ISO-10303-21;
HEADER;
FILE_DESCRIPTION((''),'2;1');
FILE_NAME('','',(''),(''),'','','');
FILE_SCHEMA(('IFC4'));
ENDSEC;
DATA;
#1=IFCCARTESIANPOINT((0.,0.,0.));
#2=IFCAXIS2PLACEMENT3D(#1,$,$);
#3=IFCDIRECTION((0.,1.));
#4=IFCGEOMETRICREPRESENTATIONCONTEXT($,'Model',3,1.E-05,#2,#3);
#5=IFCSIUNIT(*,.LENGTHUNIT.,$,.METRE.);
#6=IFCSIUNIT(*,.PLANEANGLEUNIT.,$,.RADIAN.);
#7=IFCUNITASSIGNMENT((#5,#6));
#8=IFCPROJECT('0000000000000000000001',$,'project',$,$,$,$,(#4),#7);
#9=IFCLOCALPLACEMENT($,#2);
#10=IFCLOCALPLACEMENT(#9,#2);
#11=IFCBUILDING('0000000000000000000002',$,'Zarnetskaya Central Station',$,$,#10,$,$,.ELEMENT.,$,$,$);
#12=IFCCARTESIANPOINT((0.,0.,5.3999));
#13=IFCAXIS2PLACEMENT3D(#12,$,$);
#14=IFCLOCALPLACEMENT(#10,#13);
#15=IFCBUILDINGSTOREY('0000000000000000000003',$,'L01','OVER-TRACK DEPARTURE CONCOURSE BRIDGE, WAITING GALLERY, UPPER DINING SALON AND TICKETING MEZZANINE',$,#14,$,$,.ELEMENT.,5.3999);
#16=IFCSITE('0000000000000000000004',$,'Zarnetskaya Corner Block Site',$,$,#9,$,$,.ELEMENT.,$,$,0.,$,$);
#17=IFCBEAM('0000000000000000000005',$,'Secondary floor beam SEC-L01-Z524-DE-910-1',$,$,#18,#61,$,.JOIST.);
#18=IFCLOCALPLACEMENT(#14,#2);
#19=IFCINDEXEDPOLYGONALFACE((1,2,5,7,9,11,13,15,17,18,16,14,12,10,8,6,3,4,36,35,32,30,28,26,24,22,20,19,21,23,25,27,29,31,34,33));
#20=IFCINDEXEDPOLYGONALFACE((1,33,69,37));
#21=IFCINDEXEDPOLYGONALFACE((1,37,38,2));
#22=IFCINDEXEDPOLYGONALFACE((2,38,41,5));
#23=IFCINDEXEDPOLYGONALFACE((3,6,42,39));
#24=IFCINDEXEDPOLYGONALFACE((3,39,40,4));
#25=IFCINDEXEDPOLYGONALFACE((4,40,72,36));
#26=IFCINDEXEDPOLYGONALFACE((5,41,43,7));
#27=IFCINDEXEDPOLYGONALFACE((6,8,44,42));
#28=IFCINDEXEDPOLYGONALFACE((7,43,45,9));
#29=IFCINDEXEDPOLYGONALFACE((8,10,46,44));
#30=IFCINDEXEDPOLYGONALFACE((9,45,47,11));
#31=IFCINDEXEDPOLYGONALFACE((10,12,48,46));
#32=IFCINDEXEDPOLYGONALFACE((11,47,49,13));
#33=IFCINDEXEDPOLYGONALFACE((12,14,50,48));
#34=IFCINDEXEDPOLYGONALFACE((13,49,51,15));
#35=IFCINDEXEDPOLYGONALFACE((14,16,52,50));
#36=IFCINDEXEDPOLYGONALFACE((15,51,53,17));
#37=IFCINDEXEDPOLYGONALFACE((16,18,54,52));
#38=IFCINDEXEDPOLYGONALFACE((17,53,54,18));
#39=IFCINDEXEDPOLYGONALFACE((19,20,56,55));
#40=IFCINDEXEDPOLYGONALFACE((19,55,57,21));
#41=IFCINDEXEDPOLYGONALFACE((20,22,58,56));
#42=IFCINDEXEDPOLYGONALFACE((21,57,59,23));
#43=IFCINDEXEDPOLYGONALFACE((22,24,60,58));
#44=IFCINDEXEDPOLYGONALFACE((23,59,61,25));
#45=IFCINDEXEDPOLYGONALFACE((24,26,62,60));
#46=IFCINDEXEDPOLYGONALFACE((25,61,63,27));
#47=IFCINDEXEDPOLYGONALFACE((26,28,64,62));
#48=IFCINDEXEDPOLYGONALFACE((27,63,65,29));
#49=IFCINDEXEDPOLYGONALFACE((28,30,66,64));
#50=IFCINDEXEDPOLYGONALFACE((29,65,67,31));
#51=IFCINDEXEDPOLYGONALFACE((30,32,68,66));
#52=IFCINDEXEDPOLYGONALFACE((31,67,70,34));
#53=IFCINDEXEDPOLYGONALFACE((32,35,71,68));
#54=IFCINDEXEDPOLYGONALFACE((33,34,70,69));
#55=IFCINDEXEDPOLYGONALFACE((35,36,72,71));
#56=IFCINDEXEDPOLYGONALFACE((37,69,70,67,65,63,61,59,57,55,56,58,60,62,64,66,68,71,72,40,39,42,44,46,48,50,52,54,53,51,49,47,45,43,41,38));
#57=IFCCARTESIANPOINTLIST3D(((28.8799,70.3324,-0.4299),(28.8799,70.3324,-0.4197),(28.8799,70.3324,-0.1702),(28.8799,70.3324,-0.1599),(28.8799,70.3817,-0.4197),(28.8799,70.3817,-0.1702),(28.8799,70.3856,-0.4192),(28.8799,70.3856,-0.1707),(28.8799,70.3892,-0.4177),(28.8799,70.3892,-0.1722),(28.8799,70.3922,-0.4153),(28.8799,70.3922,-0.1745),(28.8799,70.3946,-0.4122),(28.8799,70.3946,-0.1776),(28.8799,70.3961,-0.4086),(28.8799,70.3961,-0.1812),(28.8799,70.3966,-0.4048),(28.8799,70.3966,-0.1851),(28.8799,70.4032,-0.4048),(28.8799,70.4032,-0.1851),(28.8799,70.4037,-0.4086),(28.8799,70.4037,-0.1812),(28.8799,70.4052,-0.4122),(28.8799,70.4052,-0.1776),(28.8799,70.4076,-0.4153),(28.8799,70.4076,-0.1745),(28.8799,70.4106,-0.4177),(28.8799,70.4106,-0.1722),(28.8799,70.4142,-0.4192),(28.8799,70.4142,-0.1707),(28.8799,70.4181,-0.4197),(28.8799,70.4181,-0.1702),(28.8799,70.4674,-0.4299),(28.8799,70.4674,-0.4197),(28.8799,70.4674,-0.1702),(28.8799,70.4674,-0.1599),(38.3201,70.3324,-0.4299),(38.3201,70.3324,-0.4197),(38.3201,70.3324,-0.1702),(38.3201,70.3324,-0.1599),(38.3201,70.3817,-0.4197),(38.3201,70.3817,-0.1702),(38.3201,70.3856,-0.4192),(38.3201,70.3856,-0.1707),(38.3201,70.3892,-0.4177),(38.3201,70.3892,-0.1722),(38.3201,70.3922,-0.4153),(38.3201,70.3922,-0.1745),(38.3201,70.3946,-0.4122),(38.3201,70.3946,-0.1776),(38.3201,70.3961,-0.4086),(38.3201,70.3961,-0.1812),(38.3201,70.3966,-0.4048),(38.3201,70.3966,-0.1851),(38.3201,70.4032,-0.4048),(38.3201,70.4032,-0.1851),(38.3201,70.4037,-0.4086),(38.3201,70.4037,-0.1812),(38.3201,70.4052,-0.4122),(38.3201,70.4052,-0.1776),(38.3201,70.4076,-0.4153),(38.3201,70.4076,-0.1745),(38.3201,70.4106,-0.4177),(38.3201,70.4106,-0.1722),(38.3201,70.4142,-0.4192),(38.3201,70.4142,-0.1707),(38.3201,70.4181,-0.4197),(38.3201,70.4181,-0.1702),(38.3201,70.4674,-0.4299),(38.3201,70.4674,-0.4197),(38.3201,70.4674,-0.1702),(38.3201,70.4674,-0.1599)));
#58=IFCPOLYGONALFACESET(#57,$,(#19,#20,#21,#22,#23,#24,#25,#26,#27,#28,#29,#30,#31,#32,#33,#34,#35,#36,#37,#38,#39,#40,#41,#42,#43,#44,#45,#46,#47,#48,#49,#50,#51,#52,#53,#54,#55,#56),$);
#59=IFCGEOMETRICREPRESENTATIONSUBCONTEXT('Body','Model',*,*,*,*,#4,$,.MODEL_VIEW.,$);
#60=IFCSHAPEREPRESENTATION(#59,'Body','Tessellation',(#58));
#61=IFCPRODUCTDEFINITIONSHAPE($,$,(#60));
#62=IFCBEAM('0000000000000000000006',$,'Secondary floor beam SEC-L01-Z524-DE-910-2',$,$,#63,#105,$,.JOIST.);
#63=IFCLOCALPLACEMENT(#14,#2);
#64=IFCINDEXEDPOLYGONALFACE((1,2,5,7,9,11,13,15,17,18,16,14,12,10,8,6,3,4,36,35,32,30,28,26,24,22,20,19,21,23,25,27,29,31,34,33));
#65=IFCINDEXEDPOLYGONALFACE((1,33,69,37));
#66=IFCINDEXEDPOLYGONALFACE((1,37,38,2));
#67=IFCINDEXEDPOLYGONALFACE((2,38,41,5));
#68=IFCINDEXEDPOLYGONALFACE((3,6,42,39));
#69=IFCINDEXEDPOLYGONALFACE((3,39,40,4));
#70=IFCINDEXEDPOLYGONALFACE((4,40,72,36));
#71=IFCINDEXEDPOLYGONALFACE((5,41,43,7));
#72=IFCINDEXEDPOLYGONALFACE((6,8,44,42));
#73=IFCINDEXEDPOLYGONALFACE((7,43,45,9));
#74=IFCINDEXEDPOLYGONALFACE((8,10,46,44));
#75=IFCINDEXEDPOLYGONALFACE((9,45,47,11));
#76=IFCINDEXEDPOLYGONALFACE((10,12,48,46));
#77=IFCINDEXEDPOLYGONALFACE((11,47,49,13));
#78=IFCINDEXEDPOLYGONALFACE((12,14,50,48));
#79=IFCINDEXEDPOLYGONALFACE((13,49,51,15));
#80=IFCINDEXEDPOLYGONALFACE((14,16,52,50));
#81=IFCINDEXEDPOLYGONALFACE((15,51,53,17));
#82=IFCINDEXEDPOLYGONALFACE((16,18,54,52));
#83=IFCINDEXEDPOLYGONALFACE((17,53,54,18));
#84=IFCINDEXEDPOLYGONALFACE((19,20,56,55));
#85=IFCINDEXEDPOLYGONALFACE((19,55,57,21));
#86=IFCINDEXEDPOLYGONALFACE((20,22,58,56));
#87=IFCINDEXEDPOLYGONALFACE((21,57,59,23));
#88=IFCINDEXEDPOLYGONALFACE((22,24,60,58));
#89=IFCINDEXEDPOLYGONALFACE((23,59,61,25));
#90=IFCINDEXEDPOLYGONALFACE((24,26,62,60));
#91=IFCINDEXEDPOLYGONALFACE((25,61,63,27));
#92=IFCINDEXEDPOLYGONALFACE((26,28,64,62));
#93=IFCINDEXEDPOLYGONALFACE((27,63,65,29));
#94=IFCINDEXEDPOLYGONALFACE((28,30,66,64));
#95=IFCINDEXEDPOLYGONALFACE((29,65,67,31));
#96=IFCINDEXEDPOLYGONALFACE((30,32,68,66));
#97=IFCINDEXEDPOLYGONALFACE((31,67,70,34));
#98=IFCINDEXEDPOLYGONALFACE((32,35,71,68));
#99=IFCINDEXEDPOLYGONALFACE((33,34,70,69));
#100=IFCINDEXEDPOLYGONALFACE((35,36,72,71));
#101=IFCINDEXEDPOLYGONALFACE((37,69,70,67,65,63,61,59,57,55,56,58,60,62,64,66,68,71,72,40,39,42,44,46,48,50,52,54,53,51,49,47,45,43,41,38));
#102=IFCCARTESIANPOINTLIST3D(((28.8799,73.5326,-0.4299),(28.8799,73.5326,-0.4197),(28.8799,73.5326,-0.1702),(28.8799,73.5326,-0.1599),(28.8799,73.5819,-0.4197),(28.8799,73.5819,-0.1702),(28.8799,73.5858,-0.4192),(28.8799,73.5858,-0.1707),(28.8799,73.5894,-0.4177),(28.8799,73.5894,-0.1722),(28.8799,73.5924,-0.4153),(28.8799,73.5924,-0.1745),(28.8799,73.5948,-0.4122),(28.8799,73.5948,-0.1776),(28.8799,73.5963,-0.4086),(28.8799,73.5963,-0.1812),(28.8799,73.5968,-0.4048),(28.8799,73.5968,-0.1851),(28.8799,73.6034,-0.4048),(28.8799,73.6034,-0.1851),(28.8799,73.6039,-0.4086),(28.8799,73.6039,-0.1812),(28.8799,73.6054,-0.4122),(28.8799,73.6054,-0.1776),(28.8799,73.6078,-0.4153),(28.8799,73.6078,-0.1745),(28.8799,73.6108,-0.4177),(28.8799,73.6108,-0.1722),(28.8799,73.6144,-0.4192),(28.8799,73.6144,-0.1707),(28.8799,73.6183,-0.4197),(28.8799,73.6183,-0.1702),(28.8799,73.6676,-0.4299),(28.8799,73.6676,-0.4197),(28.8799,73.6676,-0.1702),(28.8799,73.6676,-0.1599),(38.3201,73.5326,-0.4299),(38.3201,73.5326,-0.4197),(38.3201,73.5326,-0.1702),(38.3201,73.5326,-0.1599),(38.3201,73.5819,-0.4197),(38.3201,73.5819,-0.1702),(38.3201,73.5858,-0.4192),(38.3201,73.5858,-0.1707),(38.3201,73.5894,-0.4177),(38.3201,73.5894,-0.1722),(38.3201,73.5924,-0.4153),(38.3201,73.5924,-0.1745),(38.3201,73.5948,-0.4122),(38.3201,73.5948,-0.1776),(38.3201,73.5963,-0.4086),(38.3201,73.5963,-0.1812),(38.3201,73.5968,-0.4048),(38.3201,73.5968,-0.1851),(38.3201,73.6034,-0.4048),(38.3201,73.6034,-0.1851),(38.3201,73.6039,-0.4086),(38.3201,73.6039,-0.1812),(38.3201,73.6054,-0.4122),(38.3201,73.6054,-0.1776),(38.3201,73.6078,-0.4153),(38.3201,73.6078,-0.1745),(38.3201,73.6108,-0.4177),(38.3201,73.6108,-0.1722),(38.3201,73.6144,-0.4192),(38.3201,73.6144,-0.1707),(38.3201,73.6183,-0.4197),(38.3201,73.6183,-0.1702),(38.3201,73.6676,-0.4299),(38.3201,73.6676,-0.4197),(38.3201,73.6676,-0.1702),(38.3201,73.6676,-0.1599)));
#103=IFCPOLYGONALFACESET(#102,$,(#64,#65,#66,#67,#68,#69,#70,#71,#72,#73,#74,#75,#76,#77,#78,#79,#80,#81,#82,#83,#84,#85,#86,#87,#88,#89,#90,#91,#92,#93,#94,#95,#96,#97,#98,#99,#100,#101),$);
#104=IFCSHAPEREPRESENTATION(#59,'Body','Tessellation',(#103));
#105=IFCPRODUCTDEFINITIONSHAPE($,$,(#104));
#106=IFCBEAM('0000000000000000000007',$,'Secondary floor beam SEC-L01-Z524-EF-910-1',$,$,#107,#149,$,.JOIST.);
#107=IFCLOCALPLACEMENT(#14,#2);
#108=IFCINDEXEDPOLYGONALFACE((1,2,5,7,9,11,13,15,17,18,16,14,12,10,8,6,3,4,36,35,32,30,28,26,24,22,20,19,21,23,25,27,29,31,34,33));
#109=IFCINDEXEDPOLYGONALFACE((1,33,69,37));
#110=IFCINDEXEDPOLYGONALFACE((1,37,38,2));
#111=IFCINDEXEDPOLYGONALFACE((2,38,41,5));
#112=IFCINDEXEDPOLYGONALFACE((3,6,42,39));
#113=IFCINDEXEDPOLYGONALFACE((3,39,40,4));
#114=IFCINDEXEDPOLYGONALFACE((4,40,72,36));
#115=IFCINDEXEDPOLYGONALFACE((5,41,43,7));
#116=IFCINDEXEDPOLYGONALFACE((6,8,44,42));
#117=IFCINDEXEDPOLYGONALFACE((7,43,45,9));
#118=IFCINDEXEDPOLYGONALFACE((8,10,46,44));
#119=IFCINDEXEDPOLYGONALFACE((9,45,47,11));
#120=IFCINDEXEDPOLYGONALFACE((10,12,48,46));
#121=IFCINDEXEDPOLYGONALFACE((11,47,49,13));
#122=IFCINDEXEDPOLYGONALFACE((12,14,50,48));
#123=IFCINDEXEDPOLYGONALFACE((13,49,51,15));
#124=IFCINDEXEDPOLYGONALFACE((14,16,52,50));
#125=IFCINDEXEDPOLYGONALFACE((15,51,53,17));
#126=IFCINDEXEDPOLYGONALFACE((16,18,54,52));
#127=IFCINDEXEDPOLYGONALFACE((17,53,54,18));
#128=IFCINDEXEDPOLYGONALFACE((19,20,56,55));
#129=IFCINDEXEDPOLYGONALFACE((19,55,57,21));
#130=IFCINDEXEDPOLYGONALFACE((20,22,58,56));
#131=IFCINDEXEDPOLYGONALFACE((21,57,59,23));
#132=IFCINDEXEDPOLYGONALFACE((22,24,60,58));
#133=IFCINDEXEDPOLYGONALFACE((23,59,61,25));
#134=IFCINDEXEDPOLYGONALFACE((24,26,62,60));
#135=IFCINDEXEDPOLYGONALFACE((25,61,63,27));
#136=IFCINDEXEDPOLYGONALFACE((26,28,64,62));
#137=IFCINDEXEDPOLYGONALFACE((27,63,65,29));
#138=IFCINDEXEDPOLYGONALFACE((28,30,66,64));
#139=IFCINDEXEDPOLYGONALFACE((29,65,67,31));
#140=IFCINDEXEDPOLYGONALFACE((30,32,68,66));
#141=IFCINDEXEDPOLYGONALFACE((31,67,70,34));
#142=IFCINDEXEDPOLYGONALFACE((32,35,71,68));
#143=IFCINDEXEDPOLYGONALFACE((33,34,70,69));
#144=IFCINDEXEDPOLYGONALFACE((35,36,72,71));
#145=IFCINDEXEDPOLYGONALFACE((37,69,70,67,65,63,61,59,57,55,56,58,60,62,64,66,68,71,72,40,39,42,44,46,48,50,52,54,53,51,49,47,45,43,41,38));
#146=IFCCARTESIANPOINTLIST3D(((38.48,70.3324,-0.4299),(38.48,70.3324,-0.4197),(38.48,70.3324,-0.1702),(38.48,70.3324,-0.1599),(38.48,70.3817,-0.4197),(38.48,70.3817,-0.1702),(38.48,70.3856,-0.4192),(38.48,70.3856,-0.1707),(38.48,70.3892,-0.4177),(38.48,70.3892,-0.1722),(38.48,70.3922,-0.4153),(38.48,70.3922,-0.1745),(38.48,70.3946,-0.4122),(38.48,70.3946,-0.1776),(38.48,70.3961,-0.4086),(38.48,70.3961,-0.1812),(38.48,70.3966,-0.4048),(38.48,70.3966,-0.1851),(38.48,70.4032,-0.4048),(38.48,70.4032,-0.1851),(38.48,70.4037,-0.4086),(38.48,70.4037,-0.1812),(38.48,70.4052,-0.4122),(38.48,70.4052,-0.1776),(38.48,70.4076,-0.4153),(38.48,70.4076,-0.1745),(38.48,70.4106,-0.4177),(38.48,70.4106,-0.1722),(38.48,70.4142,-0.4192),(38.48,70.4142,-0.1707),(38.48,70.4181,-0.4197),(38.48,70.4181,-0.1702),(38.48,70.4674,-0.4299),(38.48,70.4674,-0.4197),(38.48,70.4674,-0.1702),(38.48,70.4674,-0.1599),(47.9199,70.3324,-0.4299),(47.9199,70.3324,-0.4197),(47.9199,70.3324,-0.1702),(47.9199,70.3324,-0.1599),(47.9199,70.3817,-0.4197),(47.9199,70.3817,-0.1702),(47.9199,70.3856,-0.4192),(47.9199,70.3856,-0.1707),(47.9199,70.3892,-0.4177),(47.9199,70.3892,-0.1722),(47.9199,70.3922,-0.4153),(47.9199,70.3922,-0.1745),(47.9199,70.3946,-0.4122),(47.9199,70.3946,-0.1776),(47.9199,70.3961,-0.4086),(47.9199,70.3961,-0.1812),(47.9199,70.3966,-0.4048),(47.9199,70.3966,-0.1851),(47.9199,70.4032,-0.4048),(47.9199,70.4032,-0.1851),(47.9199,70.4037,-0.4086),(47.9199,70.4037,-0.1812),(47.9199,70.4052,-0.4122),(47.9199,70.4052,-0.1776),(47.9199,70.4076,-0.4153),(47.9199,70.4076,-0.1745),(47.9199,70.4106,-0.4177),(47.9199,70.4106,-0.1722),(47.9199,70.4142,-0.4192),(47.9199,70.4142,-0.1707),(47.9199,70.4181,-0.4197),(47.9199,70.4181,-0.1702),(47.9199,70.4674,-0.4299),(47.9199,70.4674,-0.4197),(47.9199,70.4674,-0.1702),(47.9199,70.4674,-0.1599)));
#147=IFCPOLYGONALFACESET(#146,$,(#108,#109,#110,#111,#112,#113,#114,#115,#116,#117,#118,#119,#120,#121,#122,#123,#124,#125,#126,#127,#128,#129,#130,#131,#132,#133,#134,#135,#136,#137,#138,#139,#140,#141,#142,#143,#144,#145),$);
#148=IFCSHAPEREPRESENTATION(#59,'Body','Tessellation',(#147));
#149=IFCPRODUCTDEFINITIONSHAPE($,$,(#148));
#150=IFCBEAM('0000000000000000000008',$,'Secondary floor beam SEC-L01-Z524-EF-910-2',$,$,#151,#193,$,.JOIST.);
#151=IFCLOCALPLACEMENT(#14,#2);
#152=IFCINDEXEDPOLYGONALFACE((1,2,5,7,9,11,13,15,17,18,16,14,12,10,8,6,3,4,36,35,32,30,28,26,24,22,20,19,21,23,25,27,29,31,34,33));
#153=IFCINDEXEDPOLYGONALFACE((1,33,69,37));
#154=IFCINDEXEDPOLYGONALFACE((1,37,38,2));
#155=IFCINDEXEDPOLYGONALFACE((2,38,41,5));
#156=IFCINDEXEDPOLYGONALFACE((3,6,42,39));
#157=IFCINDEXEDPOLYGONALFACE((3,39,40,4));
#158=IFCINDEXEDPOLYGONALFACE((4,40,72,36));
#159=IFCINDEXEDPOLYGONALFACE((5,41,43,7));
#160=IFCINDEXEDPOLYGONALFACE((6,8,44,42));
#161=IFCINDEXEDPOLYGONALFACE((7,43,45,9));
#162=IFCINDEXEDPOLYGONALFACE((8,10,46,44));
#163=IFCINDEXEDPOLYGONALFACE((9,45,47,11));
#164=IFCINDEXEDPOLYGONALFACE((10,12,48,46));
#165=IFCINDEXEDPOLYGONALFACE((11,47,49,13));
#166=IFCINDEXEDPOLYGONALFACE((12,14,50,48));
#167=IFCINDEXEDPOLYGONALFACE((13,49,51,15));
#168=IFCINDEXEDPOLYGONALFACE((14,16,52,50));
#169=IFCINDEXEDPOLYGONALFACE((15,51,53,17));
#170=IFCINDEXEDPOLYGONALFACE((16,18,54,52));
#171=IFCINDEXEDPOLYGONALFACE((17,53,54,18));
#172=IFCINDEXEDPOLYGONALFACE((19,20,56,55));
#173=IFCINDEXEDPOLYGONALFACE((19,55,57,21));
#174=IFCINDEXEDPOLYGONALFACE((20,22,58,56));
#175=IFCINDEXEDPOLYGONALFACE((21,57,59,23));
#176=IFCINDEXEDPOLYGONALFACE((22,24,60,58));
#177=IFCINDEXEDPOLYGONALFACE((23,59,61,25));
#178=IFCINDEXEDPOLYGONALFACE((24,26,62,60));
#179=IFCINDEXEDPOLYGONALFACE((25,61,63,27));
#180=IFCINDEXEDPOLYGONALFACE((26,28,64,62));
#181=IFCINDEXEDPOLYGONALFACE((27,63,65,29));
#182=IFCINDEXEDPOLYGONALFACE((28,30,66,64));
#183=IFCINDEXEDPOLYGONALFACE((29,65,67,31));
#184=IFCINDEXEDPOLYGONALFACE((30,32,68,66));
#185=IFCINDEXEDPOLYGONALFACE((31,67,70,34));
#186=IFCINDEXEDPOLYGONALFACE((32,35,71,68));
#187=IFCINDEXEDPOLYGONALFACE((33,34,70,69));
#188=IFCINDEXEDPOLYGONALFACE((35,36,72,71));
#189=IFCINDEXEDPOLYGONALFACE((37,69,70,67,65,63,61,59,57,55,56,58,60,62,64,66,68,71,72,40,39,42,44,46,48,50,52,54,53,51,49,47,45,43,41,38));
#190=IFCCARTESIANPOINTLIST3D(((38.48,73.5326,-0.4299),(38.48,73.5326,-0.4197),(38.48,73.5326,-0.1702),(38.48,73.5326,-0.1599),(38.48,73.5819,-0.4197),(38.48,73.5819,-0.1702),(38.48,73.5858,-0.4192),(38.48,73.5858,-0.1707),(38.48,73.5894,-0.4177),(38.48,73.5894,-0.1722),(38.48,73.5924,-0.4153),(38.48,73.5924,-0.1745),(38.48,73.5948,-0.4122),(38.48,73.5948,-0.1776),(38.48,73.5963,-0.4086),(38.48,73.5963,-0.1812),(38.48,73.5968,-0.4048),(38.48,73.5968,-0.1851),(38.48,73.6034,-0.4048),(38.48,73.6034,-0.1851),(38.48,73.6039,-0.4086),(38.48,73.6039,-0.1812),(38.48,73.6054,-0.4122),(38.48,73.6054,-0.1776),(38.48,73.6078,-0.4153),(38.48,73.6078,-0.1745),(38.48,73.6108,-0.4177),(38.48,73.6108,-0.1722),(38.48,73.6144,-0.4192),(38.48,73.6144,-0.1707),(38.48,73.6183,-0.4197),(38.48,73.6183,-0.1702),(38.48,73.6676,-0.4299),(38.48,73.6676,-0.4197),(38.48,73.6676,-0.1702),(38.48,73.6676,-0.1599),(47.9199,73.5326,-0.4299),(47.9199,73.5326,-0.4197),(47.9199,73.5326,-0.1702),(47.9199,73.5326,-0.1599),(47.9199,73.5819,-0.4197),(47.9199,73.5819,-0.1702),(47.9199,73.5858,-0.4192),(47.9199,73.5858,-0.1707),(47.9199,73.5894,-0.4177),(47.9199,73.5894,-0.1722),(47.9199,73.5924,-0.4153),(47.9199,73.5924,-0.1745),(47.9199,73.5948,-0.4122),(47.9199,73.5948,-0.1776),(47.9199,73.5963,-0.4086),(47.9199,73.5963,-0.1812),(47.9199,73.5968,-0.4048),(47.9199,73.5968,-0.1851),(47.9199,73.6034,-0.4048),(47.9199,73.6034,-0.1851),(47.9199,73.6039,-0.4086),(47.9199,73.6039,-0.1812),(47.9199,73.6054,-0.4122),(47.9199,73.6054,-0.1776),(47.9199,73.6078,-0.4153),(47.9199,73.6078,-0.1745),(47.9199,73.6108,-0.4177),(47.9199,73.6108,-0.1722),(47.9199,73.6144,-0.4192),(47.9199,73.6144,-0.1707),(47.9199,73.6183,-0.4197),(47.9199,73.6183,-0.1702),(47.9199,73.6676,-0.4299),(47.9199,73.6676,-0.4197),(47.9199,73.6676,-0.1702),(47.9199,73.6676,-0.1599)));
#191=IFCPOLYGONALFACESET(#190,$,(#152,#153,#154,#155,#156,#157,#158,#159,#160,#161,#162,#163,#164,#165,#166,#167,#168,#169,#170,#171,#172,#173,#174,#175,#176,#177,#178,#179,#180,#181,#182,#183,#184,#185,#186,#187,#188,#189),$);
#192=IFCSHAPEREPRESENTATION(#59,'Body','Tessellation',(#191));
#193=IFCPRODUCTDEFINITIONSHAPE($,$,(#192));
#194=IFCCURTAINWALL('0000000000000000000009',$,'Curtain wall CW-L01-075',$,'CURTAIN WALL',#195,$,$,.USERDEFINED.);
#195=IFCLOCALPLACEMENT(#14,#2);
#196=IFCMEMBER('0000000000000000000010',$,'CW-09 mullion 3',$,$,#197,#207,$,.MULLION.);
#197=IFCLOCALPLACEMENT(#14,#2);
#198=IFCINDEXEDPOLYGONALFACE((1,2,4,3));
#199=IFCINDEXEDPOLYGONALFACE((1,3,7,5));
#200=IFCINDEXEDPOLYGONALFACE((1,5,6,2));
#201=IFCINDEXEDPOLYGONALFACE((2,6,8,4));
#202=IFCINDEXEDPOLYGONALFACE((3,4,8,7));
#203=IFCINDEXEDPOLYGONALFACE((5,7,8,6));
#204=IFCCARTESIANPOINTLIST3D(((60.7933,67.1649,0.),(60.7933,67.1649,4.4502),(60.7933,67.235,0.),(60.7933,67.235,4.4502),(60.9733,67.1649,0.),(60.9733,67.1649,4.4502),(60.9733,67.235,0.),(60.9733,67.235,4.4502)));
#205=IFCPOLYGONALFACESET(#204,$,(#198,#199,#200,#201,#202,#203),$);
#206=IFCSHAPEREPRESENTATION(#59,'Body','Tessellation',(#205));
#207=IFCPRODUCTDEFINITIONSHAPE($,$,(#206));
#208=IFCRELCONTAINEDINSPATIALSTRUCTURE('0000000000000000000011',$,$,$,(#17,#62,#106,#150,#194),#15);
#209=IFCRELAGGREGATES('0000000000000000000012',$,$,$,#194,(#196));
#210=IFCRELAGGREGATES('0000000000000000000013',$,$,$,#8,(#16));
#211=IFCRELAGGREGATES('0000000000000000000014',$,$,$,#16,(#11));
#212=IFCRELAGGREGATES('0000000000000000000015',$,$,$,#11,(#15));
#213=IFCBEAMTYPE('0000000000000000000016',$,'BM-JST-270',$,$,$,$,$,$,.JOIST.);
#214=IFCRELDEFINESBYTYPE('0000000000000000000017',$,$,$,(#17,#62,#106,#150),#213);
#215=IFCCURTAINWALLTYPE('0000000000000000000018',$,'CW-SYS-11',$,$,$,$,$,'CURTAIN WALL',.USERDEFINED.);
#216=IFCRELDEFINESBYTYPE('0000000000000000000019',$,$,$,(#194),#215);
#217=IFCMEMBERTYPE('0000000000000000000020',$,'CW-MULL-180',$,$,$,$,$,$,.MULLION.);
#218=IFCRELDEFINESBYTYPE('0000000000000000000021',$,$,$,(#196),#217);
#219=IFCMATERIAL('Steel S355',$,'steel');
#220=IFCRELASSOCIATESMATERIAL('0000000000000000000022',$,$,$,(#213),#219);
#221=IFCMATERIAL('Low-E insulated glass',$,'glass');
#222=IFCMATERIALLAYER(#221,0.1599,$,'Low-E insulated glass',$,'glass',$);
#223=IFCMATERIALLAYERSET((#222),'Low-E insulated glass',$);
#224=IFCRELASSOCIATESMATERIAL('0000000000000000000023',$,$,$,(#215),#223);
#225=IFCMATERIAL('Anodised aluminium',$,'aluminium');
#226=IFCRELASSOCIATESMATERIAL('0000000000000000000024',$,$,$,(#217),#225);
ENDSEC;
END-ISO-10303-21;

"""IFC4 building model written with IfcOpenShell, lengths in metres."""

from ifc_helpers import new_model, si_unit, direction, frame, origin, origin_2d, place, context, subcontext, project, spatial, rectangle, i_section, extrude, material, layer, layer_set, material_profile, profile_set, type_object, element, aggregate, save


model = new_model("IFC4")

# Units and contexts
model_context = context("Model", 3, precision=1e-05, world=origin(), true_north=direction((0.0, 1.0)))
body_context = subcontext(model_context, "Body", "Model", "MODEL_VIEW")
ifc_project = project(units=[si_unit("LENGTHUNIT", "METRE"), si_unit("PLANEANGLEUNIT", "RADIAN")], contexts=[model_context])

# Site, building, storey
site_placement = place(None, origin())
site = spatial("IfcSite", under=ifc_project, at=site_placement, Name="Zarnetskaya Corner Block Site", CompositionType="ELEMENT", RefElevation=0.0)
building_placement = place(site_placement, origin())
building = spatial("IfcBuilding", under=site, at=building_placement, Name="Zarnetskaya Central Station", CompositionType="ELEMENT")
storey_placement = place(building_placement, frame((0.0, 0.0, 5.3999)))
storey = spatial("IfcBuildingStorey", under=building, at=storey_placement, Name="L01", Description="OVER-TRACK DEPARTURE CONCOURSE BRIDGE, WAITING GALLERY, UPPER DINING SALON AND TICKETING MEZZANINE", CompositionType="ELEMENT", Elevation=5.3999)

# Beams
ifc_material_1 = material(Name="Steel S355", Category="steel")
ifc_material_profile_1 = material_profile(ifc_material_1, i_section(OverallWidth=0.135, OverallDepth=0.27, WebThickness=0.0066, FlangeThickness=0.0103, FilletRadius=0.0149, at=origin_2d()), Name="IPE 270")
ifc_profile_set_1 = profile_set([ifc_material_profile_1], Name="Steel S355")
beam_type_1 = type_object("IfcBeamType", Name="BM-JST-270", PredefinedType="JOIST", material=ifc_profile_set_1)
for number, where, z_axis, x_axis, name in (
    (1, (28.8799, 70.3999, -0.2949), (1.0, 0.0, 0.0), (0.0, 1.0, 0.0), "Secondary floor beam SEC-L01-Z524-DE-910-1"),
    (2, (28.8799, 73.6001, -0.2949), (1.0, 0.0, 0.0), (0.0, 1.0, 0.0), "Secondary floor beam SEC-L01-Z524-DE-910-2"),
):
    element("IfcBeam", number, at=place(storey_placement, frame(where, z_axis=z_axis, x_axis=x_axis)), inside=storey, type_object=beam_type_1, Name=name, PredefinedType="JOIST", context=body_context, shape_type="SweptSolid", body=[
        extrude(i_section(OverallWidth=0.135, OverallDepth=0.27, WebThickness=0.0066, FlangeThickness=0.0103, FilletRadius=0.0149, at=origin_2d()), origin(), (0.0, 0.0, 1.0), 9.4402),
    ])
for number, where, z_axis, x_axis, name in (
    (3, (38.48, 70.3999, -0.2949), (1.0, 0.0, 0.0), (0.0, 1.0, 0.0), "Secondary floor beam SEC-L01-Z524-EF-910-1"),
    (4, (38.48, 73.6001, -0.2949), (1.0, 0.0, 0.0), (0.0, 1.0, 0.0), "Secondary floor beam SEC-L01-Z524-EF-910-2"),
):
    element("IfcBeam", number, at=place(storey_placement, frame(where, z_axis=z_axis, x_axis=x_axis)), inside=storey, type_object=beam_type_1, Name=name, PredefinedType="JOIST", context=body_context, shape_type="SweptSolid", body=[
        extrude(i_section(OverallWidth=0.135, OverallDepth=0.27, WebThickness=0.0066, FlangeThickness=0.0103, FilletRadius=0.0149, at=origin_2d()), origin(), (0.0, 0.0, 1.0), 9.4399),
    ])

# Curtain wall, member
ifc_material_2 = material(Name="Low-E insulated glass", Category="glass")
ifc_layer_1 = layer(ifc_material_2, 0.1599, Name="Low-E insulated glass", Category="glass")
ifc_layer_set_1 = layer_set([ifc_layer_1], Name="Low-E insulated glass")
curtain_wall_type = type_object("IfcCurtainWallType", Name="CW-SYS-11", ElementType="CURTAIN WALL", PredefinedType="USERDEFINED", material=ifc_layer_set_1)
curtain_wall_placement = place(storey_placement, origin())
curtain_wall = element("IfcCurtainWall", 5, at=curtain_wall_placement, inside=storey, type_object=curtain_wall_type, Name="Curtain wall CW-L01-075", ObjectType="CURTAIN WALL", PredefinedType="USERDEFINED")
ifc_material_3 = material(Name="Anodised aluminium", Category="aluminium")
ifc_material_profile_2 = material_profile(ifc_material_3, rectangle(XDim=0.0701, YDim=0.1799, at=origin_2d()), Name="ALU MULL 70x180")
ifc_profile_set_2 = profile_set([ifc_material_profile_2], Name="Anodised aluminium")
member_type_1 = type_object("IfcMemberType", Name="CW-MULL-180", PredefinedType="MULLION", material=ifc_profile_set_2)
member_1_placement = place(storey_placement, frame((60.8833, 67.2, 0.0), z_axis=(0.0, 0.0, 1.0), x_axis=(0.0, 1.0, 0.0)))
member_1 = element("IfcMember", 6, at=member_1_placement, type_object=member_type_1, Name="CW-09 mullion 3", PredefinedType="MULLION", context=body_context, shape_type="SweptSolid", body=[
    extrude(rectangle(XDim=0.0701, YDim=0.1799, at=origin_2d()), origin(), (0.0, 0.0, 1.0), 4.4502),
])

aggregate(curtain_wall, [member_1])

save(model, "model.ifc")
